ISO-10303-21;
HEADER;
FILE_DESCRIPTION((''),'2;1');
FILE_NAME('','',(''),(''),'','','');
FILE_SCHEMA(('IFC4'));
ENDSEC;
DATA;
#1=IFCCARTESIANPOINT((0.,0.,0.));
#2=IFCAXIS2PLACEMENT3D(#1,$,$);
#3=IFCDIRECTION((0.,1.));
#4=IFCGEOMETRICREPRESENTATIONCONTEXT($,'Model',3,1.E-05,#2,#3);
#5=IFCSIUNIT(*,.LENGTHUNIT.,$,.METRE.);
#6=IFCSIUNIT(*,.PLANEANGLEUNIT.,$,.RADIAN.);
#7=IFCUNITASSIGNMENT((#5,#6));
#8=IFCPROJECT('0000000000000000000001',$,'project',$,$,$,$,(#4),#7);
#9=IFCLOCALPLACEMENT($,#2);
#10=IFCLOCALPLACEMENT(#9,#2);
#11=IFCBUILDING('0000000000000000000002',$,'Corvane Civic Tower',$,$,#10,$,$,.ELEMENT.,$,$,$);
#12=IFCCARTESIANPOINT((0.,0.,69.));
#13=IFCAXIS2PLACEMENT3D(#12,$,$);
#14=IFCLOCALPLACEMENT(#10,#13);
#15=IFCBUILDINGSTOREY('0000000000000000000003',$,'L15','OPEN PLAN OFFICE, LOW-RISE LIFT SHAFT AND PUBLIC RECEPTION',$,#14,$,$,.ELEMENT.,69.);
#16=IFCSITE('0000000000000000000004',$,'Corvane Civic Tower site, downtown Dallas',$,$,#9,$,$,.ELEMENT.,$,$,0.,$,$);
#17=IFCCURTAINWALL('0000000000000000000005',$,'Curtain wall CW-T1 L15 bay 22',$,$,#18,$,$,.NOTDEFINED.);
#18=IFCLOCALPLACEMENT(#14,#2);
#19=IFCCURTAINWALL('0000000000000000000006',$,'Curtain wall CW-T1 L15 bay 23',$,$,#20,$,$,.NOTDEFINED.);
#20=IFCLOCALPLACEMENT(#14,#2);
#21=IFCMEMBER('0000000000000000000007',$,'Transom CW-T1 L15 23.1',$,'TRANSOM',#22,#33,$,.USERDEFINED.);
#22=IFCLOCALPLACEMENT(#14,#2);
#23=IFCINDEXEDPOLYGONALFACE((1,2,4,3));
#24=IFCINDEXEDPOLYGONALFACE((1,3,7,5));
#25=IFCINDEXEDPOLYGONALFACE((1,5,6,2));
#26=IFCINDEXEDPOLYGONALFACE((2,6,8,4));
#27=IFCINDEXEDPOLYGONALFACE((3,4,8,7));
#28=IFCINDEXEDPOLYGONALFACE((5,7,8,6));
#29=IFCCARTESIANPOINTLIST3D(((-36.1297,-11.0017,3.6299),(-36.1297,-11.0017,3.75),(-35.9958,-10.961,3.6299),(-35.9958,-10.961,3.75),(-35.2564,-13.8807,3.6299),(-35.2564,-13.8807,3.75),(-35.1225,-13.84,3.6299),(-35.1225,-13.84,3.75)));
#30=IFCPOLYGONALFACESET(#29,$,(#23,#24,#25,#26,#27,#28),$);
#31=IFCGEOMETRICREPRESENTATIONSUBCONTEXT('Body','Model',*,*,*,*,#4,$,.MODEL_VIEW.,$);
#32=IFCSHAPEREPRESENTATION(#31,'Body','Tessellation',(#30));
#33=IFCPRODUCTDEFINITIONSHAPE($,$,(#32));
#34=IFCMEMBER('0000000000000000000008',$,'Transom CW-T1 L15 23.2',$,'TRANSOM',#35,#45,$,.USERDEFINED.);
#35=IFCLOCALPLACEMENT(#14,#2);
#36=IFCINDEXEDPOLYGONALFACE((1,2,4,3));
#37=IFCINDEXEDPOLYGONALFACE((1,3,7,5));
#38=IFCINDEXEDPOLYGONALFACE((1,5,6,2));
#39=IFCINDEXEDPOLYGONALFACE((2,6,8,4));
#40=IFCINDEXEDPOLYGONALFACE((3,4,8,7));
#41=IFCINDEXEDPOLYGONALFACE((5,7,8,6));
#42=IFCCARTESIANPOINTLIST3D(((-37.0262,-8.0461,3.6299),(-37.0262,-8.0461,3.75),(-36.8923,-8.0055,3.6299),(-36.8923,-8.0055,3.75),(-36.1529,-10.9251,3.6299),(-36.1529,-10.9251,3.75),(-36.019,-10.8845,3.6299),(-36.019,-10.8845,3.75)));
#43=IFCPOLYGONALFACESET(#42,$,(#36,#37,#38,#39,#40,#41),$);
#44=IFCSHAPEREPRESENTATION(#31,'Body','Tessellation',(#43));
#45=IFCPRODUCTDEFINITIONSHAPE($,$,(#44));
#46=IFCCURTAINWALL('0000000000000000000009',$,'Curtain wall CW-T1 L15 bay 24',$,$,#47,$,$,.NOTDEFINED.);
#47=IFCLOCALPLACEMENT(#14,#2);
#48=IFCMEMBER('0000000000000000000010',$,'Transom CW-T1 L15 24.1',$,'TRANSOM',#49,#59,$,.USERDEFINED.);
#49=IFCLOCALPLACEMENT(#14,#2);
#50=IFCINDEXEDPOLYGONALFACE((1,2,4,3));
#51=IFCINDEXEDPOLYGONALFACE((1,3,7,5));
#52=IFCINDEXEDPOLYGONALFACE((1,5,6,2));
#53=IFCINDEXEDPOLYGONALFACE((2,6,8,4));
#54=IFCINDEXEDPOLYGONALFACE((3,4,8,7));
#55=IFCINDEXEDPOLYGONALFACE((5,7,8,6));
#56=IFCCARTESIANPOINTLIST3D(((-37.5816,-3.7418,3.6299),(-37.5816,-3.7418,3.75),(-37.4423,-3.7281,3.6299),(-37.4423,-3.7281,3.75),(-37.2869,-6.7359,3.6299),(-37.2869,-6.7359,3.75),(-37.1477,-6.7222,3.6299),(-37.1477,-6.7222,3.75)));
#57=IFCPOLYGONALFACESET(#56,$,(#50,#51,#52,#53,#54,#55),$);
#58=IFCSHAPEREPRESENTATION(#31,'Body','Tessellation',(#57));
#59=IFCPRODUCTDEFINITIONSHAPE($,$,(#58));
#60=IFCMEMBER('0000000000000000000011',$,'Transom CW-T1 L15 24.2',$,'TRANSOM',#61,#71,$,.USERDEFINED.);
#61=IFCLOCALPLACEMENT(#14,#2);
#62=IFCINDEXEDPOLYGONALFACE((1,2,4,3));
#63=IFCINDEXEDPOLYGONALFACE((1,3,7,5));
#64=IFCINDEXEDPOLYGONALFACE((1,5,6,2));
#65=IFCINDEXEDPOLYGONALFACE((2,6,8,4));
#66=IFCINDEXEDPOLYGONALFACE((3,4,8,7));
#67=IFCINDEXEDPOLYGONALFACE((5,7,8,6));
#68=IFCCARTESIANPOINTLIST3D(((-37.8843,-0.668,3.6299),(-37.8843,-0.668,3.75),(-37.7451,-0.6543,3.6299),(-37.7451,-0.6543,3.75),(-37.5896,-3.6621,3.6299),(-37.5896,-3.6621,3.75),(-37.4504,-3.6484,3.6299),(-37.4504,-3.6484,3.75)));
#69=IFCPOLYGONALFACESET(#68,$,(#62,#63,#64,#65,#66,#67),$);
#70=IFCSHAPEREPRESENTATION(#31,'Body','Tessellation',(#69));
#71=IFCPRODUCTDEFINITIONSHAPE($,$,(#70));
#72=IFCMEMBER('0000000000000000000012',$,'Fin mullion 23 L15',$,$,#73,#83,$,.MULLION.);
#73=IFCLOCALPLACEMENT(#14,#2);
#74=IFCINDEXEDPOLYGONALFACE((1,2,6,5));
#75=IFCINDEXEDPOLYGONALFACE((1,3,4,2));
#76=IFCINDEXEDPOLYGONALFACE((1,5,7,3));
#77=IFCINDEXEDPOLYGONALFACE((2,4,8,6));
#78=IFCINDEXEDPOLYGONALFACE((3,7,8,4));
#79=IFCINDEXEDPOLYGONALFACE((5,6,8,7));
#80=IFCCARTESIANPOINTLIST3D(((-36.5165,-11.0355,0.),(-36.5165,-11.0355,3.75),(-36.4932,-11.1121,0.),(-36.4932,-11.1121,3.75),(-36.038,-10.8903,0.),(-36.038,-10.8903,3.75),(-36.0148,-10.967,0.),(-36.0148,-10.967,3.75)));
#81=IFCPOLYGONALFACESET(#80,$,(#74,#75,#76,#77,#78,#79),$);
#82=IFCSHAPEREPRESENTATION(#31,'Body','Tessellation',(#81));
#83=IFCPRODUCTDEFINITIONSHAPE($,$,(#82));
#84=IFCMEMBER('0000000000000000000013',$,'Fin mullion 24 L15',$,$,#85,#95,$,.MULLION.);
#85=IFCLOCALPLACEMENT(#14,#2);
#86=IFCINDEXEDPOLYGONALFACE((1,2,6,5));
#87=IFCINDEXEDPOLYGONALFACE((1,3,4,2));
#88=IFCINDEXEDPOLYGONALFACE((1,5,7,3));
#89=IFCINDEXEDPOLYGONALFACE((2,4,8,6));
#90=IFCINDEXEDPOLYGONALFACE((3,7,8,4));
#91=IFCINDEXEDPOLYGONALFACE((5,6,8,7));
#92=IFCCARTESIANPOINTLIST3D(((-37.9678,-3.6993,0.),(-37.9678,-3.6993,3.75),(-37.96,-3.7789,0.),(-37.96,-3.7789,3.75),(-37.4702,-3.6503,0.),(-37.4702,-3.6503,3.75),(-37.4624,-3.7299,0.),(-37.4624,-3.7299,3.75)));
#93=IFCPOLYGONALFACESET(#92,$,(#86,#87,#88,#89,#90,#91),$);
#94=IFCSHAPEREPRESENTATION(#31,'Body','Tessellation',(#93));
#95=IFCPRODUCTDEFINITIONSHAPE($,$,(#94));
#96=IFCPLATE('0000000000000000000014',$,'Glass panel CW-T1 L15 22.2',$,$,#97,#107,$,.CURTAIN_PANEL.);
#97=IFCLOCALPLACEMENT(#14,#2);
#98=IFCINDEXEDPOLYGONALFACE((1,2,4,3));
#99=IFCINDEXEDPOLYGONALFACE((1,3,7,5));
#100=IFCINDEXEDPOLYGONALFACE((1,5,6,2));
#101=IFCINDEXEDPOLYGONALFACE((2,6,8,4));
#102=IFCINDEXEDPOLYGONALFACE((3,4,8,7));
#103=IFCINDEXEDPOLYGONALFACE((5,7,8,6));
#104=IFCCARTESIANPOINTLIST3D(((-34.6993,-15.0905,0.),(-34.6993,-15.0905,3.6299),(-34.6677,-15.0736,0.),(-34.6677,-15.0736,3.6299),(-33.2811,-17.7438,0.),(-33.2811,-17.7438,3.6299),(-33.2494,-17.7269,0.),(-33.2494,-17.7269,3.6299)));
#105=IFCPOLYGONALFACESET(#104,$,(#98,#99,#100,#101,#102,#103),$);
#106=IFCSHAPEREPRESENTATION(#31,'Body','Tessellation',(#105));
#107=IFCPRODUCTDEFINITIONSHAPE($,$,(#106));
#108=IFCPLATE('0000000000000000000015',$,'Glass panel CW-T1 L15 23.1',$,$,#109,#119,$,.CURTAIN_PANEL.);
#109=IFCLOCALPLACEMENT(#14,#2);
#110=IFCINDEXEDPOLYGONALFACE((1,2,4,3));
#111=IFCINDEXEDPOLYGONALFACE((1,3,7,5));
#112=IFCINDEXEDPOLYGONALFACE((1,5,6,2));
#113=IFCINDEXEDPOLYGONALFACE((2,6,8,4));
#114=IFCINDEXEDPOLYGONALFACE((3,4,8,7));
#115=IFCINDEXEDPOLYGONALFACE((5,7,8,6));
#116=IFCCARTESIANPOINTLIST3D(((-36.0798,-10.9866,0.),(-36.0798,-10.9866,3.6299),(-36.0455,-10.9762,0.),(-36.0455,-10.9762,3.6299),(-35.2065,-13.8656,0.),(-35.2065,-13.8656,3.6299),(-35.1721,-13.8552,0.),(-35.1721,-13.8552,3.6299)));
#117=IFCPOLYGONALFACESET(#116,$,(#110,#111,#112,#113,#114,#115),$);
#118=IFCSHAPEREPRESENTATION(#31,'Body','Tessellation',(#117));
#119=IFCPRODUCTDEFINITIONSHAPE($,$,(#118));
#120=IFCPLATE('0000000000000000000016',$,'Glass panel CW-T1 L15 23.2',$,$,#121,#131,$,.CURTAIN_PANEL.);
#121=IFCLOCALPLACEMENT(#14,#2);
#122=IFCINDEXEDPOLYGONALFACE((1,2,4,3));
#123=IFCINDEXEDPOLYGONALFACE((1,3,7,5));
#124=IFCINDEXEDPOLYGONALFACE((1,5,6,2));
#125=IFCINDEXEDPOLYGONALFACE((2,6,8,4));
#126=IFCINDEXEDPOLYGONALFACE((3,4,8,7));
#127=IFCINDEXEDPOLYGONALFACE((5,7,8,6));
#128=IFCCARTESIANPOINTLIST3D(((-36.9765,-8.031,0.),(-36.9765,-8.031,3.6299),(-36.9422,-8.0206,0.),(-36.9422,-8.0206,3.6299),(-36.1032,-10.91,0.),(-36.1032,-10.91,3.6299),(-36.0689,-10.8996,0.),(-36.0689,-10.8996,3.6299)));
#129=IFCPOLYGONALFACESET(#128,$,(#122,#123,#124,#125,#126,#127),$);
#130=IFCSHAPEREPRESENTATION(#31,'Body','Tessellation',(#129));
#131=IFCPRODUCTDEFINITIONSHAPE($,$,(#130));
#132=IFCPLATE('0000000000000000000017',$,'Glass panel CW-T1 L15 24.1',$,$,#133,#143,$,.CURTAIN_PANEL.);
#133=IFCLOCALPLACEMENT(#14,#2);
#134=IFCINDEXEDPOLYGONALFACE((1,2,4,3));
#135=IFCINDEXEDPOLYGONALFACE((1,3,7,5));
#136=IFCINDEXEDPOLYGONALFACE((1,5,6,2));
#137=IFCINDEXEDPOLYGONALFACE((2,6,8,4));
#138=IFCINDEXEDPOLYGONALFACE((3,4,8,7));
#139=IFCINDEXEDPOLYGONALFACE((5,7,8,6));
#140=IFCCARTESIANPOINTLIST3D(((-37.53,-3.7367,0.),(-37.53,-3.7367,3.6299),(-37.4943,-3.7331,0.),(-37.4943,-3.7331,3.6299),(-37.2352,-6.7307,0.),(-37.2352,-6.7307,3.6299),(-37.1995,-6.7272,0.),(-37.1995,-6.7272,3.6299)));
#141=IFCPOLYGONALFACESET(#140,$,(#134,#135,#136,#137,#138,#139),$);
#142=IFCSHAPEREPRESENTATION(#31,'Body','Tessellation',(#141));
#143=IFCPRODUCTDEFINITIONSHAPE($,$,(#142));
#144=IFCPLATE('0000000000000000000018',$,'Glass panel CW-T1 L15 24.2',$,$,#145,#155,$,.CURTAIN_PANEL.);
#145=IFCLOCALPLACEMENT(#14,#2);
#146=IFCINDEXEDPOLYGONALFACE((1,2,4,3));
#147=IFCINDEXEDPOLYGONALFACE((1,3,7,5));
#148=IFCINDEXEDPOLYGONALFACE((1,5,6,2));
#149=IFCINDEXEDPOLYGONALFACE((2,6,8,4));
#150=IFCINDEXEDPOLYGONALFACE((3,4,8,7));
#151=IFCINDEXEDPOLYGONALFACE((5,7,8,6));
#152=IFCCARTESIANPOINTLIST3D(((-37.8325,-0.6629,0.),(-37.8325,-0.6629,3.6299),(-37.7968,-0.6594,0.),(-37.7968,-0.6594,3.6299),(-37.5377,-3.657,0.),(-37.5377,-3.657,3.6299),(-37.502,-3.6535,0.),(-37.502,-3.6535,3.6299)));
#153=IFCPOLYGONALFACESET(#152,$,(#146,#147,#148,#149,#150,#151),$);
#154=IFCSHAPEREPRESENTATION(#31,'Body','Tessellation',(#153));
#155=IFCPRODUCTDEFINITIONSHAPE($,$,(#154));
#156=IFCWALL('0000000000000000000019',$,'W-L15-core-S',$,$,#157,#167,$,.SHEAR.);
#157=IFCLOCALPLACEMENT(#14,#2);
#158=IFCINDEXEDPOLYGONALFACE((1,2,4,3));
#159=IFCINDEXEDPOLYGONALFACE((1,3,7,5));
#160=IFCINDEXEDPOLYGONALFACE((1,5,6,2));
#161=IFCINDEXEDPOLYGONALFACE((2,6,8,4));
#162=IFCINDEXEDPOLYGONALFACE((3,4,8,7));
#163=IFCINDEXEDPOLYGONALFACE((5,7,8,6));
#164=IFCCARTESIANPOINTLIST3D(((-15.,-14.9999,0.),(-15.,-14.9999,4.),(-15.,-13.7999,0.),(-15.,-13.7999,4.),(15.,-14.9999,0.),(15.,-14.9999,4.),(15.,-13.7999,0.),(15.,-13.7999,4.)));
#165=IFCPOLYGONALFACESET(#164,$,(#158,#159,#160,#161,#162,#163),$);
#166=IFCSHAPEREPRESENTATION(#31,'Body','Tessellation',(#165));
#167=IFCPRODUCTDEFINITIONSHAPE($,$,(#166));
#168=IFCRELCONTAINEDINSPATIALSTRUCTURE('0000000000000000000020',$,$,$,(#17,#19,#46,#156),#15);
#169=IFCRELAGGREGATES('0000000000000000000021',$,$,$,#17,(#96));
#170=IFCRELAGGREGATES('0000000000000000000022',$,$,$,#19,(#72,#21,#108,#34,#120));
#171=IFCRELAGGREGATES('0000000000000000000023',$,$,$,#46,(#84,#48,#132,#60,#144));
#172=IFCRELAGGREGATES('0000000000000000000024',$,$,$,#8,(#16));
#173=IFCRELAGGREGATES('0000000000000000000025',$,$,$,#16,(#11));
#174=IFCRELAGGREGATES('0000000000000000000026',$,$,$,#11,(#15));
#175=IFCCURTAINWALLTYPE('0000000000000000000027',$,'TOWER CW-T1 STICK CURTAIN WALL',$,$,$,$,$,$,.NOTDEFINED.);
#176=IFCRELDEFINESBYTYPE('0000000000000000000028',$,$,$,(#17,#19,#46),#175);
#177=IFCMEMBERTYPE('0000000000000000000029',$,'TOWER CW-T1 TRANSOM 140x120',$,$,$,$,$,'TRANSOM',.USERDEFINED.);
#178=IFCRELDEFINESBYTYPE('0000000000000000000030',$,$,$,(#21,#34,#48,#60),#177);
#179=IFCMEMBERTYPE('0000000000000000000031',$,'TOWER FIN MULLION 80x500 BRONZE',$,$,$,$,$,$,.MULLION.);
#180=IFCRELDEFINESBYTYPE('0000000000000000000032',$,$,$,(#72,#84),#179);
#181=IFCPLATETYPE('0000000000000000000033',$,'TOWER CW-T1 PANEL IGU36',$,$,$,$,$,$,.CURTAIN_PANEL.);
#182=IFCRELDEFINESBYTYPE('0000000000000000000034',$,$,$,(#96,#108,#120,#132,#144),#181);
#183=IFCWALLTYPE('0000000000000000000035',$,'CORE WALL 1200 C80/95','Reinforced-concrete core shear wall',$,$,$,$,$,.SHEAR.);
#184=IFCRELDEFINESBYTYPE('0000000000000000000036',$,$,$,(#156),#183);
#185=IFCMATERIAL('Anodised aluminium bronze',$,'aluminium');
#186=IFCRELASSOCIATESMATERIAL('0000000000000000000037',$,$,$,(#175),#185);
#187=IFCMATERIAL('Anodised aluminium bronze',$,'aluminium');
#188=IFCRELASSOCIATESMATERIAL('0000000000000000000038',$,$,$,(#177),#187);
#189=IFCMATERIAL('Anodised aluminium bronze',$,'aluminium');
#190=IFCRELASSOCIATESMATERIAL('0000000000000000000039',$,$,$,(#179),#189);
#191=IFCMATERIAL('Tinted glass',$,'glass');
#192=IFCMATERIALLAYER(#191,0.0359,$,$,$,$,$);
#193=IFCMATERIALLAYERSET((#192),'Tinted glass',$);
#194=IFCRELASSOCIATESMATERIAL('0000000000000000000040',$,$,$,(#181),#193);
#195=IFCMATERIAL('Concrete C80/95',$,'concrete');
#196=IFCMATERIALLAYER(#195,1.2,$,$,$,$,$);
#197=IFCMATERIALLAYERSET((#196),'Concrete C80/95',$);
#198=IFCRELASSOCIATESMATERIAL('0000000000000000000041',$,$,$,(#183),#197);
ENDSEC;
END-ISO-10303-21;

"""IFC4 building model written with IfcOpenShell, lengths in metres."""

from ifc_helpers import new_model, si_unit, direction, frame, frame_2d, origin, origin_2d, place, context, subcontext, project, spatial, rectangle, extrude, material, layer, layer_set, material_profile, profile_set, type_object, element, aggregate, save


model = new_model("IFC4")

# Units and contexts
model_context = context("Model", 3, precision=1e-05, world=origin(), true_north=direction((0.0, 1.0)))
body_context = subcontext(model_context, "Body", "Model", "MODEL_VIEW")
ifc_project = project(units=[si_unit("LENGTHUNIT", "METRE"), si_unit("PLANEANGLEUNIT", "RADIAN")], contexts=[model_context])

# Site, building, storey
site_placement = place(None, origin())
site = spatial("IfcSite", under=ifc_project, at=site_placement, Name="Corvane Civic Tower site, downtown Dallas", CompositionType="ELEMENT", RefElevation=0.0)
building_placement = place(site_placement, origin())
building = spatial("IfcBuilding", under=site, at=building_placement, Name="Corvane Civic Tower", CompositionType="ELEMENT")
storey_placement = place(building_placement, frame((0.0, 0.0, 69.0)))
storey = spatial("IfcBuildingStorey", under=building, at=storey_placement, Name="L15", Description="OPEN PLAN OFFICE, LOW-RISE LIFT SHAFT AND PUBLIC RECEPTION", CompositionType="ELEMENT", Elevation=69.0)

# Curtain wall
ifc_material_1 = material(Name="Anodised aluminium bronze", Category="aluminium")
curtain_wall_type = type_object("IfcCurtainWallType", Name="TOWER CW-T1 STICK CURTAIN WALL", PredefinedType="NOTDEFINED", material=ifc_material_1)
curtain_wall_1_placement = place(storey_placement, origin())
curtain_wall_1 = element("IfcCurtainWall", 1, at=curtain_wall_1_placement, inside=storey, type_object=curtain_wall_type, Name="Curtain wall CW-T1 L15 bay 22", PredefinedType="NOTDEFINED")
ifc_material_2 = material(Name="Anodised aluminium bronze", Category="aluminium")
ifc_material_profile_1 = material_profile(ifc_material_2, rectangle(XDim=0.1399, YDim=0.1201, at=origin_2d()), Name="TOWER CW-T1 TRANSOM 140x120")
ifc_profile_set_1 = profile_set([ifc_material_profile_1], Name="Anodised aluminium bronze")
member_type_1 = type_object("IfcMemberType", Name="TOWER CW-T1 TRANSOM 140x120", ElementType="TRANSOM", PredefinedType="USERDEFINED", material=ifc_profile_set_1)

# Curtain walls, members
curtain_wall_2_placement = place(storey_placement, origin())
curtain_wall_2 = element("IfcCurtainWall", 2, at=curtain_wall_2_placement, inside=storey, type_object=curtain_wall_type, Name="Curtain wall CW-T1 L15 bay 23", PredefinedType="NOTDEFINED")
member_1_placement = place(storey_placement, frame((-35.1895, -13.8604, 3.6899), z_axis=(-0.29028, 0.956942, 0.0), x_axis=(-0.956942, -0.29028, 0.0)))
member_1 = element("IfcMember", 3, at=member_1_placement, type_object=member_type_1, Name="Transom CW-T1 L15 23.1", ObjectType="TRANSOM", PredefinedType="USERDEFINED", context=body_context, shape_type="SweptSolid", body=[
    extrude(rectangle(XDim=0.1399, YDim=0.1201, at=origin_2d()), origin(), (0.0, 0.0, 1.0), 3.0085),
])
member_2_placement = place(storey_placement, frame((-36.0859, -10.9048, 3.6899), z_axis=(-0.29028, 0.956942, 0.0), x_axis=(-0.956942, -0.29028, 0.0)))
member_2 = element("IfcMember", 4, at=member_2_placement, type_object=member_type_1, Name="Transom CW-T1 L15 23.2", ObjectType="TRANSOM", PredefinedType="USERDEFINED", context=body_context, shape_type="SweptSolid", body=[
    extrude(rectangle(XDim=0.1399, YDim=0.1201, at=origin_2d()), origin(), (0.0, 0.0, 1.0), 3.0085),
])
curtain_wall_3_placement = place(storey_placement, origin())
curtain_wall_3 = element("IfcCurtainWall", 5, at=curtain_wall_3_placement, inside=storey, type_object=curtain_wall_type, Name="Curtain wall CW-T1 L15 bay 24", PredefinedType="NOTDEFINED")
member_3_placement = place(storey_placement, frame((-37.2173, -6.729, 3.6899), z_axis=(-0.097945, 0.995192, 0.0), x_axis=(-0.995192, -0.097945, 0.0)))
member_3 = element("IfcMember", 6, at=member_3_placement, type_object=member_type_1, Name="Transom CW-T1 L15 24.1", ObjectType="TRANSOM", PredefinedType="USERDEFINED", context=body_context, shape_type="SweptSolid", body=[
    extrude(rectangle(XDim=0.1399, YDim=0.1201, at=origin_2d()), origin(), (0.0, 0.0, 1.0), 3.0085),
])
member_4_placement = place(storey_placement, frame((-37.52, -3.6553, 3.6899), z_axis=(-0.097945, 0.995192, 0.0), x_axis=(-0.995192, -0.097945, 0.0)))
member_4 = element("IfcMember", 7, at=member_4_placement, type_object=member_type_1, Name="Transom CW-T1 L15 24.2", ObjectType="TRANSOM", PredefinedType="USERDEFINED", context=body_context, shape_type="SweptSolid", body=[
    extrude(rectangle(XDim=0.1399, YDim=0.1201, at=origin_2d()), origin(), (0.0, 0.0, 1.0), 3.0085),
])

# Members
ifc_material_3 = material(Name="Anodised aluminium bronze", Category="aluminium")
ifc_material_profile_2 = material_profile(ifc_material_3, rectangle(XDim=0.0801, YDim=0.5, at=origin_2d()), Name="TOWER FIN MULLION 80x500 BRONZE")
ifc_profile_set_2 = profile_set([ifc_material_profile_2], Name="Anodised aluminium bronze")
member_type_2 = type_object("IfcMemberType", Name="TOWER FIN MULLION 80x500 BRONZE", PredefinedType="MULLION", material=ifc_profile_set_2)
member_5_placement = place(storey_placement, frame((-36.2656, -11.0012, 0.0), z_axis=(0.0, 0.0, 1.0), x_axis=(-0.290278, 0.956942, 0.0)))
member_5 = element("IfcMember", 8, at=member_5_placement, type_object=member_type_2, Name="Fin mullion 23 L15", PredefinedType="MULLION", context=body_context, shape_type="SweptSolid", body=[
    extrude(rectangle(XDim=0.0801, YDim=0.5, at=origin_2d()), origin(), (0.0, 0.0, 1.0), 3.75),
])
member_6_placement = place(storey_placement, frame((-37.7151, -3.7146, 0.0), z_axis=(0.0, 0.0, 1.0), x_axis=(-0.098006, 0.995186, 0.0)))
member_6 = element("IfcMember", 9, at=member_6_placement, type_object=member_type_2, Name="Fin mullion 24 L15", PredefinedType="MULLION", context=body_context, shape_type="SweptSolid", body=[
    extrude(rectangle(XDim=0.0801, YDim=0.5, at=origin_2d()), origin(), (0.0, 0.0, 1.0), 3.75),
])

# Plates
ifc_material_4 = material(Name="Tinted glass", Category="glass")
ifc_layer_1 = layer(ifc_material_4, 0.0359)
ifc_layer_set_1 = layer_set([ifc_layer_1], Name="Tinted glass")
plate_type = type_object("IfcPlateType", Name="TOWER CW-T1 PANEL IGU36", PredefinedType="CURTAIN_PANEL", material=ifc_layer_set_1)
plate_1_placement = place(storey_placement, frame((-33.9744, -16.4087, 0.0), z_axis=(0.0, 0.0, 1.0), x_axis=(-0.471404, 0.881918, 0.0)))
plate_1 = element("IfcPlate", 10, at=plate_1_placement, type_object=plate_type, Name="Glass panel CW-T1 L15 22.2", PredefinedType="CURTAIN_PANEL", context=body_context, shape_type="SweptSolid", body=[
    extrude(rectangle(XDim=3.0085, YDim=0.0359, at=origin_2d()), origin(), (0.0, 0.0, 1.0), 3.6299),
])
aggregate(curtain_wall_1, [plate_1])
plate_2_placement = place(storey_placement, frame((-35.626, -12.4209, 0.0), z_axis=(0.0, 0.0, 1.0), x_axis=(-0.290278, 0.956942, 0.0)))
plate_2 = element("IfcPlate", 11, at=plate_2_placement, type_object=plate_type, Name="Glass panel CW-T1 L15 23.1", PredefinedType="CURTAIN_PANEL", context=body_context, shape_type="SweptSolid", body=[
    extrude(rectangle(XDim=3.0085, YDim=0.0359, at=origin_2d()), origin(), (0.0, 0.0, 1.0), 3.6299),
])
plate_3_placement = place(storey_placement, frame((-36.5227, -9.4653, 0.0), z_axis=(0.0, 0.0, 1.0), x_axis=(-0.290278, 0.956942, 0.0)))
plate_3 = element("IfcPlate", 12, at=plate_3_placement, type_object=plate_type, Name="Glass panel CW-T1 L15 23.2", PredefinedType="CURTAIN_PANEL", context=body_context, shape_type="SweptSolid", body=[
    extrude(rectangle(XDim=3.0085, YDim=0.0359, at=origin_2d()), origin(), (0.0, 0.0, 1.0), 3.6299),
])
aggregate(curtain_wall_2, [member_5, member_1, plate_2, member_2, plate_3])
plate_4_placement = place(storey_placement, frame((-37.3647, -5.2319, 0.0), z_axis=(0.0, 0.0, 1.0), x_axis=(-0.098006, 0.995186, 0.0)))
plate_4 = element("IfcPlate", 13, at=plate_4_placement, type_object=plate_type, Name="Glass panel CW-T1 L15 24.1", PredefinedType="CURTAIN_PANEL", context=body_context, shape_type="SweptSolid", body=[
    extrude(rectangle(XDim=3.0085, YDim=0.0359, at=origin_2d()), origin(), (0.0, 0.0, 1.0), 3.6299),
])
plate_5_placement = place(storey_placement, frame((-37.6672, -2.1582, 0.0), z_axis=(0.0, 0.0, 1.0), x_axis=(-0.098006, 0.995186, 0.0)))
plate_5 = element("IfcPlate", 14, at=plate_5_placement, type_object=plate_type, Name="Glass panel CW-T1 L15 24.2", PredefinedType="CURTAIN_PANEL", context=body_context, shape_type="SweptSolid", body=[
    extrude(rectangle(XDim=3.0085, YDim=0.0359, at=origin_2d()), origin(), (0.0, 0.0, 1.0), 3.6299),
])
aggregate(curtain_wall_3, [member_6, member_3, plate_4, member_4, plate_5])

# Wall
ifc_material_5 = material(Name="Concrete C80/95", Category="concrete")
ifc_layer_2 = layer(ifc_material_5, 1.2)
ifc_layer_set_2 = layer_set([ifc_layer_2], Name="Concrete C80/95")
wall_type_1 = type_object("IfcWallType", Name="CORE WALL 1200 C80/95", Description="Reinforced-concrete core shear wall", PredefinedType="SHEAR", material=ifc_layer_set_2)
wall_1_placement = place(storey_placement, frame((-15.0, -14.3999, 0.0), z_axis=(0.0, 0.0, 1.0), x_axis=(1.0, 0.0, 0.0)))
element("IfcWall", 15, at=wall_1_placement, inside=storey, type_object=wall_type_1, Name="W-L15-core-S", PredefinedType="SHEAR", context=body_context, shape_type="SweptSolid", body=[
    extrude(rectangle(XDim=30.0, YDim=1.2, at=frame_2d((15.0, 0.0))), origin(), (0.0, 0.0, 1.0), 4.0),
])

save(model, "model.ifc")
